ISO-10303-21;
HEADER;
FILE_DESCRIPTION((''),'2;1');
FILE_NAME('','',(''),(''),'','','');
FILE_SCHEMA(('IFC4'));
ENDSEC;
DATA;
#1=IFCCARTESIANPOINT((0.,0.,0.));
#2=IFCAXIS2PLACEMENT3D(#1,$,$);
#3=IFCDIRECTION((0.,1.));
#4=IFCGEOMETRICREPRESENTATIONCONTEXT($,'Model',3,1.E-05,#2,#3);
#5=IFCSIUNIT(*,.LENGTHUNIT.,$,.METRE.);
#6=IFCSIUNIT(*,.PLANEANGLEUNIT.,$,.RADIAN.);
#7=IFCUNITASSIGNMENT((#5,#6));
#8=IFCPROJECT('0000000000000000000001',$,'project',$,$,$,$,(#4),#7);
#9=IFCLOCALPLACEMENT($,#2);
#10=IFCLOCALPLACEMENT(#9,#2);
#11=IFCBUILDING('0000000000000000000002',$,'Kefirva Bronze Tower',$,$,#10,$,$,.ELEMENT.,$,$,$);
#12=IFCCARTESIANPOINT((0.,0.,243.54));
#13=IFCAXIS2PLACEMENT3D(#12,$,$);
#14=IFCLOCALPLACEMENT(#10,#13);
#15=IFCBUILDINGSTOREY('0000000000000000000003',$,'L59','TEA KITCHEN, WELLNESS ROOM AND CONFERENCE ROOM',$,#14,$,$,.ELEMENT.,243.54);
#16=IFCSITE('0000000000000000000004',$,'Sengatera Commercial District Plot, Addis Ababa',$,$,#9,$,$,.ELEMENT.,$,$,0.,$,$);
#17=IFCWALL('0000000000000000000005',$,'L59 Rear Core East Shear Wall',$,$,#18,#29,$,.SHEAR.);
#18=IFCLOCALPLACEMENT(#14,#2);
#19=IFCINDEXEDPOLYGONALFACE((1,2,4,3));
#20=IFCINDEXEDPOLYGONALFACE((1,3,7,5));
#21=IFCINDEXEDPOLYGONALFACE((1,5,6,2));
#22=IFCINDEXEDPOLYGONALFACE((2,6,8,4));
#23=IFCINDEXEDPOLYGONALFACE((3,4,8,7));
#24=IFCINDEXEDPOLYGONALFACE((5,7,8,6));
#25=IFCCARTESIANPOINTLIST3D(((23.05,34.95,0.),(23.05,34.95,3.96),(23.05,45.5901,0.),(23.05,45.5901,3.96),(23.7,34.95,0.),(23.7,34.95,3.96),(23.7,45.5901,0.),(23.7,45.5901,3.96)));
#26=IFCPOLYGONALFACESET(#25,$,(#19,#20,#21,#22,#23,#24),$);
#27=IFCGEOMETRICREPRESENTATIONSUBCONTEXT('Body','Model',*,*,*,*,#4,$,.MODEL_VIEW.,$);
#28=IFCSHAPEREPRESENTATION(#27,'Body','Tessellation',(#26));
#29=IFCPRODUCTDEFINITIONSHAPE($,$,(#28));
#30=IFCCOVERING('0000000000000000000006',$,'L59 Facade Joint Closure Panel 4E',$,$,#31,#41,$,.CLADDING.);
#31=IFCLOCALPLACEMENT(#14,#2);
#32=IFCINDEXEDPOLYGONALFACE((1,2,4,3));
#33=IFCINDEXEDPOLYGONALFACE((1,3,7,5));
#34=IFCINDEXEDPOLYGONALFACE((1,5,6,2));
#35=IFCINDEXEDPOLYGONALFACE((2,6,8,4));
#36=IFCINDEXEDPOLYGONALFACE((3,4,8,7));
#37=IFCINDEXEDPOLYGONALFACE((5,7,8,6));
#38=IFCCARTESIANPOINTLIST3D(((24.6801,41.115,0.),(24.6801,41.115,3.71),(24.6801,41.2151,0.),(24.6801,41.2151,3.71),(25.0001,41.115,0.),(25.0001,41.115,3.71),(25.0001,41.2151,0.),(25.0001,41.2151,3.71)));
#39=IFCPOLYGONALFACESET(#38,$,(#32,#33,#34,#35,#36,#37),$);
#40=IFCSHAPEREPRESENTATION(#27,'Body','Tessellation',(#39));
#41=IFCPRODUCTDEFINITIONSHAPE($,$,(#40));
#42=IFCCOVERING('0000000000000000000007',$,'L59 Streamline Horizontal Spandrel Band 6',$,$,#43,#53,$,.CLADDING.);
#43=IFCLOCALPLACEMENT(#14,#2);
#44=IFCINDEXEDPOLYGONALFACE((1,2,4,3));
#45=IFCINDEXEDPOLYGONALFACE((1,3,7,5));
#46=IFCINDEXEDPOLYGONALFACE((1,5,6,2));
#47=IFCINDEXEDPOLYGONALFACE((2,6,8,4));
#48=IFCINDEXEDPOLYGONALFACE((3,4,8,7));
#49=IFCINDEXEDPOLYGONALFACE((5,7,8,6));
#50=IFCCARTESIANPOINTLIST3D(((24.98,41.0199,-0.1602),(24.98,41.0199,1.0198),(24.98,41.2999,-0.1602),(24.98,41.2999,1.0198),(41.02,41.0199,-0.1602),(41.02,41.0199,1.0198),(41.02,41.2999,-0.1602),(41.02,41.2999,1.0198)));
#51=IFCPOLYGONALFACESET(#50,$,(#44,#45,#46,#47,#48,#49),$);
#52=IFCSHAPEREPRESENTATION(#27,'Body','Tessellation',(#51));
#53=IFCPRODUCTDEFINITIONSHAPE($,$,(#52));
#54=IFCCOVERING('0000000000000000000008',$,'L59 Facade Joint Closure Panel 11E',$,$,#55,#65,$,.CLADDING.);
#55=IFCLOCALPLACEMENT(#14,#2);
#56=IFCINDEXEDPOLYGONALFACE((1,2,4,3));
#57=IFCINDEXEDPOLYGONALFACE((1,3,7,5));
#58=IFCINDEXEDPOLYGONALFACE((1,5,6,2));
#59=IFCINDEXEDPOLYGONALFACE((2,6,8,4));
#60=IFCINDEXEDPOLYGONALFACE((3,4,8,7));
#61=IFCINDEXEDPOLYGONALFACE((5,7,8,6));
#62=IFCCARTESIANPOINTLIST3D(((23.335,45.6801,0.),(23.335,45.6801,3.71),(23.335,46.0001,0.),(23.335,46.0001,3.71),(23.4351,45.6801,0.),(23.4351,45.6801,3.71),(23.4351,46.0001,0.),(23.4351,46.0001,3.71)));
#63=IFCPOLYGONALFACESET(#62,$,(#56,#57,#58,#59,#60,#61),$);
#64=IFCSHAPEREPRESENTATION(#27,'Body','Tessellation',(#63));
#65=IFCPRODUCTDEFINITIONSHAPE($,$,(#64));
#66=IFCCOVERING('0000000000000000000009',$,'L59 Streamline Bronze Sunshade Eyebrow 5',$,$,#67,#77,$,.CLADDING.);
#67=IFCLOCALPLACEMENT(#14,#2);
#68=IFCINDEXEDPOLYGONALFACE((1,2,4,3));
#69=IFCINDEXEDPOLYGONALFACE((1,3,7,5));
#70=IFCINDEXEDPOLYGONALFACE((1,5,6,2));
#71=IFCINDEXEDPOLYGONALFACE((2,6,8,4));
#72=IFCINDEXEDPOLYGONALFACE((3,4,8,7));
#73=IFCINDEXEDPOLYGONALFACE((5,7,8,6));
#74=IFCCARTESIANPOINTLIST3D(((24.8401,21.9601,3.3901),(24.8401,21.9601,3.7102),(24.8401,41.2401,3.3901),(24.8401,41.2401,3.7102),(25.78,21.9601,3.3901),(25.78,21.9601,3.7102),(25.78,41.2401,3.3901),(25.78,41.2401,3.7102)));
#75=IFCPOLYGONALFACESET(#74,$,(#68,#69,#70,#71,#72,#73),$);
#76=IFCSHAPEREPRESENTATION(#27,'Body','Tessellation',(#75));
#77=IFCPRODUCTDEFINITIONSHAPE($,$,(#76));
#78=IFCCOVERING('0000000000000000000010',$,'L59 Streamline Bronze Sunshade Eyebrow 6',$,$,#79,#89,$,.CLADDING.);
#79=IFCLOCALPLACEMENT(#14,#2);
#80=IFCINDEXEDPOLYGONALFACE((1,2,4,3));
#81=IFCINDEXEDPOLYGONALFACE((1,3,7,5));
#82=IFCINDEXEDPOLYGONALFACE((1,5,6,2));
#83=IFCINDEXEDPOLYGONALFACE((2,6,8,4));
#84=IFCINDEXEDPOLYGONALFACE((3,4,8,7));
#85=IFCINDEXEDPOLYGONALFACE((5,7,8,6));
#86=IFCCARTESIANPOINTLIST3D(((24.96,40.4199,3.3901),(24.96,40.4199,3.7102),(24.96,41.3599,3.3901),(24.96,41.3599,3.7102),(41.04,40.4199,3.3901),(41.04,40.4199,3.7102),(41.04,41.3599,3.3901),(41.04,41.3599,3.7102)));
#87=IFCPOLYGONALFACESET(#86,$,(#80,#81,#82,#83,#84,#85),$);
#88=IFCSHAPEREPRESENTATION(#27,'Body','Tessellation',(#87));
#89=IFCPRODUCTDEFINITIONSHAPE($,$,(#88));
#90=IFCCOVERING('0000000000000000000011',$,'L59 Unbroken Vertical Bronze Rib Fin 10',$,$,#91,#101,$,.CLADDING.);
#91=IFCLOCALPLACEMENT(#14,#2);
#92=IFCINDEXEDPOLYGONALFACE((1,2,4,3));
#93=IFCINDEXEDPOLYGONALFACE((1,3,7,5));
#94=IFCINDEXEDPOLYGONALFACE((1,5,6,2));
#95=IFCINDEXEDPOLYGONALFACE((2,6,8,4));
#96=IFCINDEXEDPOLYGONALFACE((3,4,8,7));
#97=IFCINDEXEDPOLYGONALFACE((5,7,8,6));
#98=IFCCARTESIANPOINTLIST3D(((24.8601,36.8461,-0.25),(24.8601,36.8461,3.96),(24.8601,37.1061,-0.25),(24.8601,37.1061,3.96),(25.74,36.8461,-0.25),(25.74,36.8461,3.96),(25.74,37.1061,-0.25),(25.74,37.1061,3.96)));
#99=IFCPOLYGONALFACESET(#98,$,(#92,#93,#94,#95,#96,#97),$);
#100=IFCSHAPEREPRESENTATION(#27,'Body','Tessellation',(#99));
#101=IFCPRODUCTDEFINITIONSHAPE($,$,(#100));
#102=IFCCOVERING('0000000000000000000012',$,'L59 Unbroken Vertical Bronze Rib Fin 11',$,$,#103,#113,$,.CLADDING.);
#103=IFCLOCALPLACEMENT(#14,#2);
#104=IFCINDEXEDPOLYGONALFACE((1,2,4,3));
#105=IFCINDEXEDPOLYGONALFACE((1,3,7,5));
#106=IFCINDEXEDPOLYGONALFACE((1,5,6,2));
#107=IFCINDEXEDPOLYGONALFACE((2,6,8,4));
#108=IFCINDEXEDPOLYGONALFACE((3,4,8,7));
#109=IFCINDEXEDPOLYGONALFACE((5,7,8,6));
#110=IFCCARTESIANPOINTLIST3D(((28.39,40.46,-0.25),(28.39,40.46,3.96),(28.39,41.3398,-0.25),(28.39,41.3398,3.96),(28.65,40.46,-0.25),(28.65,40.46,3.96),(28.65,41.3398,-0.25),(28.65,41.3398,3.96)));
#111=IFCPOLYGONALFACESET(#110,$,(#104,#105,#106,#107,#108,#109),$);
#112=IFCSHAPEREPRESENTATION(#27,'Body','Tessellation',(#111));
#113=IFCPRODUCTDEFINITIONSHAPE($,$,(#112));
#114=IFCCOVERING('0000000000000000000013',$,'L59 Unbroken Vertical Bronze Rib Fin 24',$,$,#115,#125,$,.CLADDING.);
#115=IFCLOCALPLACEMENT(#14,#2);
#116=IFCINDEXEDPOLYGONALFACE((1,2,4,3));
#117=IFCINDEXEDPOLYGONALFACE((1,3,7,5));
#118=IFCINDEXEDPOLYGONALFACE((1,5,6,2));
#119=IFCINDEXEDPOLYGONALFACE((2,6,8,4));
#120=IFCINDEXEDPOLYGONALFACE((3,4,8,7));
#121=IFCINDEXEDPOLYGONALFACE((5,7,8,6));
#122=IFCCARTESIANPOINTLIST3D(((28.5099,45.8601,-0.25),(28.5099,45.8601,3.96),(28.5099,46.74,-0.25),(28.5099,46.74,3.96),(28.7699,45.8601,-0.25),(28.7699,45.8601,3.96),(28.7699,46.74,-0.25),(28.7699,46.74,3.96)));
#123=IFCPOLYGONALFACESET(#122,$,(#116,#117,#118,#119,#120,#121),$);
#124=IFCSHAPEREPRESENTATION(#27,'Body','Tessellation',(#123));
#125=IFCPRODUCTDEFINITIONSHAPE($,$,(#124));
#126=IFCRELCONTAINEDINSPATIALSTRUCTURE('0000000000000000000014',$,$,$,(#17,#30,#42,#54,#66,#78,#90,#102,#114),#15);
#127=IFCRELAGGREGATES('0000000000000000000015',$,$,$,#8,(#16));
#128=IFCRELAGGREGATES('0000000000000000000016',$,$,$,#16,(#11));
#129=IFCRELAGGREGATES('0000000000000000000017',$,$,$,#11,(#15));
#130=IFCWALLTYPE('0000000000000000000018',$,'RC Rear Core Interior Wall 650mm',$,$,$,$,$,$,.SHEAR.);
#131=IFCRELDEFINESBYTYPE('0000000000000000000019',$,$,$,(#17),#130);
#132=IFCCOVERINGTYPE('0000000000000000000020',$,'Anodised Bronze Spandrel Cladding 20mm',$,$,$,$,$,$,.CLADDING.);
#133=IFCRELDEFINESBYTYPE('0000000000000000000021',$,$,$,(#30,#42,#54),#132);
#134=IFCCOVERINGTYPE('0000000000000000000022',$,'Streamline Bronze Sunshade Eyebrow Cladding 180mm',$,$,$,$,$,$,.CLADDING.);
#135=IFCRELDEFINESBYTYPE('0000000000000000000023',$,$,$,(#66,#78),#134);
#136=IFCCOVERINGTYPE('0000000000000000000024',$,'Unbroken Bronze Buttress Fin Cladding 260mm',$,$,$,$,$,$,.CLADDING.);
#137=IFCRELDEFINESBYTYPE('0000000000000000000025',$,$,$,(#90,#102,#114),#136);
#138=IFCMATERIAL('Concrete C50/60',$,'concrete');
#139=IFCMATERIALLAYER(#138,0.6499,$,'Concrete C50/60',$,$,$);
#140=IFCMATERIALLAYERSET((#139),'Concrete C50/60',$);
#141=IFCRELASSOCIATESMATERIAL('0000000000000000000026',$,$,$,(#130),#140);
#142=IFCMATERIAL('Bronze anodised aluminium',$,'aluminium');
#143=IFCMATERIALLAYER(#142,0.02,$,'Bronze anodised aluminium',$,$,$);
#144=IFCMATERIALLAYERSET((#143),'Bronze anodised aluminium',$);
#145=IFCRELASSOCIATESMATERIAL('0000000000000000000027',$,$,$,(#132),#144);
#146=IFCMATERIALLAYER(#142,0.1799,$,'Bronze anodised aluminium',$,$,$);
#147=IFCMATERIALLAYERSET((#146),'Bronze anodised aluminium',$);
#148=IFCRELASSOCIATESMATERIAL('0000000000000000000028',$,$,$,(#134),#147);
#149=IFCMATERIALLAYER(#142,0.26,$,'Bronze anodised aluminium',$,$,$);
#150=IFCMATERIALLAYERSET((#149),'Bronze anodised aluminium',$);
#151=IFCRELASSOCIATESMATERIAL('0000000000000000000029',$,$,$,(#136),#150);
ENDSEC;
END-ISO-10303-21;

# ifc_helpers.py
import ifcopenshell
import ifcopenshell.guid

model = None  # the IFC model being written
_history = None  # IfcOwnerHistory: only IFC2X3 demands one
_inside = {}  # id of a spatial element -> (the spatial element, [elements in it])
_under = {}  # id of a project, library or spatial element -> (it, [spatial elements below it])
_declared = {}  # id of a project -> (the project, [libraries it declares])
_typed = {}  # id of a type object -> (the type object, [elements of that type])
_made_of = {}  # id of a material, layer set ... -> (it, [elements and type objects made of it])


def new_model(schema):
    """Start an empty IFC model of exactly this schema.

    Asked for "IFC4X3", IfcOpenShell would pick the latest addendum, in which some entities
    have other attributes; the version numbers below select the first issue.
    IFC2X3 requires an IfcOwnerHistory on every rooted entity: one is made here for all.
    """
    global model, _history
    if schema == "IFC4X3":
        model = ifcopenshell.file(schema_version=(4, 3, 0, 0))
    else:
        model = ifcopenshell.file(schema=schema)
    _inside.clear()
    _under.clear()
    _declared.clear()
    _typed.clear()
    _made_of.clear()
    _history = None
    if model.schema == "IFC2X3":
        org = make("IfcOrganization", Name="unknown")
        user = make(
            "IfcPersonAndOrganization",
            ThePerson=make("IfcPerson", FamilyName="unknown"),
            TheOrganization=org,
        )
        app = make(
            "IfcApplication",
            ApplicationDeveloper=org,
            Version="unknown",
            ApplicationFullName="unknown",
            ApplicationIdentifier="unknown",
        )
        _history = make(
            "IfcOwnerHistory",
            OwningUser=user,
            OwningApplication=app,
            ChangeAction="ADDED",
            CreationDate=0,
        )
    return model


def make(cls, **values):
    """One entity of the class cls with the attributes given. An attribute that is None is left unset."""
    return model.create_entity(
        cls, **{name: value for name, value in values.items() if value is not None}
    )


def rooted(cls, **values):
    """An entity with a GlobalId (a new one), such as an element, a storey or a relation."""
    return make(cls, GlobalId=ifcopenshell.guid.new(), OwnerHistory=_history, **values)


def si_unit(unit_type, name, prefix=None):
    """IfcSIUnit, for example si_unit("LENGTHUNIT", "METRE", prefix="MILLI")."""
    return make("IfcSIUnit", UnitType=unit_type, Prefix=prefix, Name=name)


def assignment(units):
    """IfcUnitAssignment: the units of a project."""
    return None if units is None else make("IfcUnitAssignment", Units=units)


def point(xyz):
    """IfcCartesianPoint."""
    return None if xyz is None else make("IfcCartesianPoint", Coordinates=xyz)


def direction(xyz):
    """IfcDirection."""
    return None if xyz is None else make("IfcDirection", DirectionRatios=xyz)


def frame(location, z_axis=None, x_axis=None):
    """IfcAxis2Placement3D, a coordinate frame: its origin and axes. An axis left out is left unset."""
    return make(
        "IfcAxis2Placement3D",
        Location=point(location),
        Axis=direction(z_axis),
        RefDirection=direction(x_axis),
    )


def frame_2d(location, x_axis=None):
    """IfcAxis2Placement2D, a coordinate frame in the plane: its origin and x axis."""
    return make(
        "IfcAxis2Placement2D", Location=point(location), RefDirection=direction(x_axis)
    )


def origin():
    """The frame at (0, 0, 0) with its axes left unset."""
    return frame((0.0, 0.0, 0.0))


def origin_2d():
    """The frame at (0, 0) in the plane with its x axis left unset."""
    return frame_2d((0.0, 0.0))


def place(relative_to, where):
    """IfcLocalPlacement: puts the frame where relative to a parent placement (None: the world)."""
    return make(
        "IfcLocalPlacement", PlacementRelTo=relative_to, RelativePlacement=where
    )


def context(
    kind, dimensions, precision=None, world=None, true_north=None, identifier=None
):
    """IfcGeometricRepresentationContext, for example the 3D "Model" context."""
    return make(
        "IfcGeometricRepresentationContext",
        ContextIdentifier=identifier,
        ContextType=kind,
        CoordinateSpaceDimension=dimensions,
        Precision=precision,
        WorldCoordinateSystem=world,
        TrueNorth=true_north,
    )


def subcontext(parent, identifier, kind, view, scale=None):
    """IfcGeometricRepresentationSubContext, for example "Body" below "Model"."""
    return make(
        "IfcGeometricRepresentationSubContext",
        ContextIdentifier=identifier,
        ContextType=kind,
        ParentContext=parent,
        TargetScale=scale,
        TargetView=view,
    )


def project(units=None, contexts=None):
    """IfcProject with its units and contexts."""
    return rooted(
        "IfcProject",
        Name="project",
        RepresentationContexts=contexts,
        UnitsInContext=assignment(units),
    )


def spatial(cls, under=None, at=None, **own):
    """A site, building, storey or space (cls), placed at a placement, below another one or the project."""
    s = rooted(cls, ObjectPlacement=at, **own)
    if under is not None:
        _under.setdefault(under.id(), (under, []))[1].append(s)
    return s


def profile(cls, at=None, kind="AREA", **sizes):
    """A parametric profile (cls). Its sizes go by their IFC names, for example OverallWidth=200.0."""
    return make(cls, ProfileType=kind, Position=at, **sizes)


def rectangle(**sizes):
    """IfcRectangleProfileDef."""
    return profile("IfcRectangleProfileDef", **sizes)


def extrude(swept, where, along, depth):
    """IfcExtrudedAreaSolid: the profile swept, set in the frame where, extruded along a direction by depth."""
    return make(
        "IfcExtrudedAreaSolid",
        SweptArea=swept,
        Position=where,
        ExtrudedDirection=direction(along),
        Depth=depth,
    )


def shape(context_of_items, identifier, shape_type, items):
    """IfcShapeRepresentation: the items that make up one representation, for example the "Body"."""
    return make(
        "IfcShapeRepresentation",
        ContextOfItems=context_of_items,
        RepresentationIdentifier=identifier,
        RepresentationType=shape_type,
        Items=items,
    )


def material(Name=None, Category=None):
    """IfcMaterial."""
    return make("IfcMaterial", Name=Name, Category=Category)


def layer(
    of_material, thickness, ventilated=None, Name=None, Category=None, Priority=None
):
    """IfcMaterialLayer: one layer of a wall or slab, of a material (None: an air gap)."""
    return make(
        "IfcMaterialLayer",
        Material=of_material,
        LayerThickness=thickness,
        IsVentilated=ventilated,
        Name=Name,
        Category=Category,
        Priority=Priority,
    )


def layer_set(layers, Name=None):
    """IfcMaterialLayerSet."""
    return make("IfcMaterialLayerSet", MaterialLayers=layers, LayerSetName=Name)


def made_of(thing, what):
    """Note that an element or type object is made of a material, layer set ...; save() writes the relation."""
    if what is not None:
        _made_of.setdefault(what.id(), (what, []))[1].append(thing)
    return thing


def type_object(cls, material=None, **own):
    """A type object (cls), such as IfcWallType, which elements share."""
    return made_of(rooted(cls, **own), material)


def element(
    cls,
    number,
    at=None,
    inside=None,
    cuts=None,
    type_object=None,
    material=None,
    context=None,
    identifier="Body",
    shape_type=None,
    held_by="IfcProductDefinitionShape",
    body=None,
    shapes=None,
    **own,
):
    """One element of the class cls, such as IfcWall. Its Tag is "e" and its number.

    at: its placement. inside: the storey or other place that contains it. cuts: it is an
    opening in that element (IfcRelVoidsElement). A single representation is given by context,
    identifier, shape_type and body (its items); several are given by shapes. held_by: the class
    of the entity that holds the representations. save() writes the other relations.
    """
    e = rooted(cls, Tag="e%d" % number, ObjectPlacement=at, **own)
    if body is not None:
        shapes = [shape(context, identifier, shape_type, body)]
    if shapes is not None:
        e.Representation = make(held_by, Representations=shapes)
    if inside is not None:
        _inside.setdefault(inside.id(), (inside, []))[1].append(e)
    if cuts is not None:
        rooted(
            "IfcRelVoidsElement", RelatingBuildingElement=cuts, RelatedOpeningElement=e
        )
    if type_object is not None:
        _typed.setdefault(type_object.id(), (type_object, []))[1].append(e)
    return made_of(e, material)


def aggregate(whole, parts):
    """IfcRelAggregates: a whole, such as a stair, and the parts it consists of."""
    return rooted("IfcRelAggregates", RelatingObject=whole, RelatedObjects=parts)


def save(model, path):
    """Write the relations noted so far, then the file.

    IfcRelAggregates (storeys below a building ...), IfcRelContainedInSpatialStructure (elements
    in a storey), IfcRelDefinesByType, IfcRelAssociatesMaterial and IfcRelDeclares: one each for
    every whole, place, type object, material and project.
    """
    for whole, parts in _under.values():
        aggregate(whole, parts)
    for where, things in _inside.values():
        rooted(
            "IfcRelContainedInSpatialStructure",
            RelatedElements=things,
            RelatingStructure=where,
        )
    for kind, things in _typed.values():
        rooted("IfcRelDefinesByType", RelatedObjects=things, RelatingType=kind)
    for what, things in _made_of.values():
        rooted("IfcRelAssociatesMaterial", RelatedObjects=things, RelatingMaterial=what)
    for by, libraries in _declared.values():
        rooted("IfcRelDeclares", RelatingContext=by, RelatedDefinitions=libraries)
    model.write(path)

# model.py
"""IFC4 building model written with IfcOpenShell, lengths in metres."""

from ifc_helpers import new_model, si_unit, direction, frame, frame_2d, origin, origin_2d, place, context, subcontext, project, spatial, rectangle, extrude, material, layer, layer_set, type_object, element, save


model = new_model("IFC4")

# Units and contexts
model_context = context("Model", 3, precision=1e-05, world=origin(), true_north=direction((0.0, 1.0)))
body_context = subcontext(model_context, "Body", "Model", "MODEL_VIEW")
ifc_project = project(units=[si_unit("LENGTHUNIT", "METRE"), si_unit("PLANEANGLEUNIT", "RADIAN")], contexts=[model_context])

# Site, building, storey
site_placement = place(None, origin())
site = spatial("IfcSite", under=ifc_project, at=site_placement, Name="Sengatera Commercial District Plot, Addis Ababa", CompositionType="ELEMENT", RefElevation=0.0)
building_placement = place(site_placement, origin())
building = spatial("IfcBuilding", under=site, at=building_placement, Name="Kefirva Bronze Tower", CompositionType="ELEMENT")
storey_placement = place(building_placement, frame((0.0, 0.0, 243.54)))
storey = spatial("IfcBuildingStorey", under=building, at=storey_placement, Name="L59", Description="TEA KITCHEN, WELLNESS ROOM AND CONFERENCE ROOM", CompositionType="ELEMENT", Elevation=243.54)

# Shared definitions
ifc_material_1 = material(Name="Concrete C50/60", Category="concrete")

# Shared definitions
ifc_material_2 = material(Name="Bronze anodised aluminium", Category="aluminium")

# Wall
ifc_layer_1 = layer(ifc_material_1, 0.6499, Name="Concrete C50/60")
ifc_layer_set_1 = layer_set([ifc_layer_1], Name="Concrete C50/60")
wall_type_1 = type_object("IfcWallType", Name="RC Rear Core Interior Wall 650mm", PredefinedType="SHEAR", material=ifc_layer_set_1)
wall_1_placement = place(storey_placement, frame((23.375, 34.95, 0.0), z_axis=(0.0, 0.0, 1.0), x_axis=(0.0, 1.0, 0.0)))
element("IfcWall", 1, at=wall_1_placement, inside=storey, type_object=wall_type_1, Name="L59 Rear Core East Shear Wall", PredefinedType="SHEAR", context=body_context, shape_type="SweptSolid", body=[
    extrude(rectangle(XDim=10.6401, YDim=0.6499, at=frame_2d((5.3201, 0.0))), origin(), (0.0, 0.0, 1.0), 3.96),
])

# Coverings
ifc_layer_2 = layer(ifc_material_2, 0.02, Name="Bronze anodised aluminium")
ifc_layer_set_2 = layer_set([ifc_layer_2], Name="Bronze anodised aluminium")
covering_type_1 = type_object("IfcCoveringType", Name="Anodised Bronze Spandrel Cladding 20mm", PredefinedType="CLADDING", material=ifc_layer_set_2)
covering_1_placement = place(storey_placement, frame((24.8401, 41.165, 0.0), z_axis=(0.0, 0.0, 1.0), x_axis=(0.0, 1.0, 0.0)))
element("IfcCovering", 2, at=covering_1_placement, inside=storey, type_object=covering_type_1, Name="L59 Facade Joint Closure Panel 4E", PredefinedType="CLADDING", context=body_context, shape_type="SweptSolid", body=[
    extrude(rectangle(XDim=0.1001, YDim=0.3201, at=origin_2d()), origin(), (0.0, 0.0, 1.0), 3.71),
])
covering_2_placement = place(storey_placement, frame((33.0, 41.1599, -0.1602), z_axis=(0.0, 0.0, 1.0), x_axis=(1.0, 0.0, 0.0)))
element("IfcCovering", 3, at=covering_2_placement, inside=storey, type_object=covering_type_1, Name="L59 Streamline Horizontal Spandrel Band 6", PredefinedType="CLADDING", context=body_context, shape_type="SweptSolid", body=[
    extrude(rectangle(XDim=16.04, YDim=0.28, at=origin_2d()), origin(), (0.0, 0.0, 1.0), 1.1799),
])
covering_3_placement = place(storey_placement, frame((23.385, 45.8401, 0.0), z_axis=(0.0, 0.0, 1.0), x_axis=(-1.0, 0.0, 0.0)))
element("IfcCovering", 4, at=covering_3_placement, inside=storey, type_object=covering_type_1, Name="L59 Facade Joint Closure Panel 11E", PredefinedType="CLADDING", context=body_context, shape_type="SweptSolid", body=[
    extrude(rectangle(XDim=0.1001, YDim=0.3201, at=origin_2d()), origin(), (0.0, 0.0, 1.0), 3.71),
])
ifc_layer_3 = layer(ifc_material_2, 0.1799, Name="Bronze anodised aluminium")
ifc_layer_set_3 = layer_set([ifc_layer_3], Name="Bronze anodised aluminium")
covering_type_2 = type_object("IfcCoveringType", Name="Streamline Bronze Sunshade Eyebrow Cladding 180mm", PredefinedType="CLADDING", material=ifc_layer_set_3)
covering_4_placement = place(storey_placement, frame((25.3101, 31.6001, 3.3901), z_axis=(0.0, 0.0, 1.0), x_axis=(0.0, 1.0, 0.0)))
element("IfcCovering", 5, at=covering_4_placement, inside=storey, type_object=covering_type_2, Name="L59 Streamline Bronze Sunshade Eyebrow 5", PredefinedType="CLADDING", context=body_context, shape_type="SweptSolid", body=[
    extrude(rectangle(XDim=19.28, YDim=0.9399, at=origin_2d()), origin(), (0.0, 0.0, 1.0), 0.3201),
])
covering_5_placement = place(storey_placement, frame((33.0, 40.8899, 3.3901), z_axis=(0.0, 0.0, 1.0), x_axis=(1.0, 0.0, 0.0)))
element("IfcCovering", 6, at=covering_5_placement, inside=storey, type_object=covering_type_2, Name="L59 Streamline Bronze Sunshade Eyebrow 6", PredefinedType="CLADDING", context=body_context, shape_type="SweptSolid", body=[
    extrude(rectangle(XDim=16.0801, YDim=0.9399, at=origin_2d()), origin(), (0.0, 0.0, 1.0), 0.3201),
])
ifc_layer_4 = layer(ifc_material_2, 0.26, Name="Bronze anodised aluminium")
ifc_layer_set_4 = layer_set([ifc_layer_4], Name="Bronze anodised aluminium")
covering_type_3 = type_object("IfcCoveringType", Name="Unbroken Bronze Buttress Fin Cladding 260mm", PredefinedType="CLADDING", material=ifc_layer_set_4)
for number, where, z_axis, x_axis, name in (
    (7, (25.3, 36.9761, -0.25), (0.0, 0.0, 1.0), (0.0, 1.0, 0.0), "L59 Unbroken Vertical Bronze Rib Fin 10"),
    (8, (28.52, 40.8999, -0.25), (0.0, 0.0, 1.0), (1.0, 0.0, 0.0), "L59 Unbroken Vertical Bronze Rib Fin 11"),
    (9, (28.6399, 46.3, -0.25), (0.0, 0.0, 1.0), (-1.0, 0.0, 0.0), "L59 Unbroken Vertical Bronze Rib Fin 24"),
):
    element("IfcCovering", number, at=place(storey_placement, frame(where, z_axis=z_axis, x_axis=x_axis)), inside=storey, type_object=covering_type_3, Name=name, PredefinedType="CLADDING", context=body_context, shape_type="SweptSolid", body=[
        extrude(rectangle(XDim=0.26, YDim=0.8799, at=origin_2d()), origin(), (0.0, 0.0, 1.0), 4.21),
    ])

save(model, "model.ifc")
